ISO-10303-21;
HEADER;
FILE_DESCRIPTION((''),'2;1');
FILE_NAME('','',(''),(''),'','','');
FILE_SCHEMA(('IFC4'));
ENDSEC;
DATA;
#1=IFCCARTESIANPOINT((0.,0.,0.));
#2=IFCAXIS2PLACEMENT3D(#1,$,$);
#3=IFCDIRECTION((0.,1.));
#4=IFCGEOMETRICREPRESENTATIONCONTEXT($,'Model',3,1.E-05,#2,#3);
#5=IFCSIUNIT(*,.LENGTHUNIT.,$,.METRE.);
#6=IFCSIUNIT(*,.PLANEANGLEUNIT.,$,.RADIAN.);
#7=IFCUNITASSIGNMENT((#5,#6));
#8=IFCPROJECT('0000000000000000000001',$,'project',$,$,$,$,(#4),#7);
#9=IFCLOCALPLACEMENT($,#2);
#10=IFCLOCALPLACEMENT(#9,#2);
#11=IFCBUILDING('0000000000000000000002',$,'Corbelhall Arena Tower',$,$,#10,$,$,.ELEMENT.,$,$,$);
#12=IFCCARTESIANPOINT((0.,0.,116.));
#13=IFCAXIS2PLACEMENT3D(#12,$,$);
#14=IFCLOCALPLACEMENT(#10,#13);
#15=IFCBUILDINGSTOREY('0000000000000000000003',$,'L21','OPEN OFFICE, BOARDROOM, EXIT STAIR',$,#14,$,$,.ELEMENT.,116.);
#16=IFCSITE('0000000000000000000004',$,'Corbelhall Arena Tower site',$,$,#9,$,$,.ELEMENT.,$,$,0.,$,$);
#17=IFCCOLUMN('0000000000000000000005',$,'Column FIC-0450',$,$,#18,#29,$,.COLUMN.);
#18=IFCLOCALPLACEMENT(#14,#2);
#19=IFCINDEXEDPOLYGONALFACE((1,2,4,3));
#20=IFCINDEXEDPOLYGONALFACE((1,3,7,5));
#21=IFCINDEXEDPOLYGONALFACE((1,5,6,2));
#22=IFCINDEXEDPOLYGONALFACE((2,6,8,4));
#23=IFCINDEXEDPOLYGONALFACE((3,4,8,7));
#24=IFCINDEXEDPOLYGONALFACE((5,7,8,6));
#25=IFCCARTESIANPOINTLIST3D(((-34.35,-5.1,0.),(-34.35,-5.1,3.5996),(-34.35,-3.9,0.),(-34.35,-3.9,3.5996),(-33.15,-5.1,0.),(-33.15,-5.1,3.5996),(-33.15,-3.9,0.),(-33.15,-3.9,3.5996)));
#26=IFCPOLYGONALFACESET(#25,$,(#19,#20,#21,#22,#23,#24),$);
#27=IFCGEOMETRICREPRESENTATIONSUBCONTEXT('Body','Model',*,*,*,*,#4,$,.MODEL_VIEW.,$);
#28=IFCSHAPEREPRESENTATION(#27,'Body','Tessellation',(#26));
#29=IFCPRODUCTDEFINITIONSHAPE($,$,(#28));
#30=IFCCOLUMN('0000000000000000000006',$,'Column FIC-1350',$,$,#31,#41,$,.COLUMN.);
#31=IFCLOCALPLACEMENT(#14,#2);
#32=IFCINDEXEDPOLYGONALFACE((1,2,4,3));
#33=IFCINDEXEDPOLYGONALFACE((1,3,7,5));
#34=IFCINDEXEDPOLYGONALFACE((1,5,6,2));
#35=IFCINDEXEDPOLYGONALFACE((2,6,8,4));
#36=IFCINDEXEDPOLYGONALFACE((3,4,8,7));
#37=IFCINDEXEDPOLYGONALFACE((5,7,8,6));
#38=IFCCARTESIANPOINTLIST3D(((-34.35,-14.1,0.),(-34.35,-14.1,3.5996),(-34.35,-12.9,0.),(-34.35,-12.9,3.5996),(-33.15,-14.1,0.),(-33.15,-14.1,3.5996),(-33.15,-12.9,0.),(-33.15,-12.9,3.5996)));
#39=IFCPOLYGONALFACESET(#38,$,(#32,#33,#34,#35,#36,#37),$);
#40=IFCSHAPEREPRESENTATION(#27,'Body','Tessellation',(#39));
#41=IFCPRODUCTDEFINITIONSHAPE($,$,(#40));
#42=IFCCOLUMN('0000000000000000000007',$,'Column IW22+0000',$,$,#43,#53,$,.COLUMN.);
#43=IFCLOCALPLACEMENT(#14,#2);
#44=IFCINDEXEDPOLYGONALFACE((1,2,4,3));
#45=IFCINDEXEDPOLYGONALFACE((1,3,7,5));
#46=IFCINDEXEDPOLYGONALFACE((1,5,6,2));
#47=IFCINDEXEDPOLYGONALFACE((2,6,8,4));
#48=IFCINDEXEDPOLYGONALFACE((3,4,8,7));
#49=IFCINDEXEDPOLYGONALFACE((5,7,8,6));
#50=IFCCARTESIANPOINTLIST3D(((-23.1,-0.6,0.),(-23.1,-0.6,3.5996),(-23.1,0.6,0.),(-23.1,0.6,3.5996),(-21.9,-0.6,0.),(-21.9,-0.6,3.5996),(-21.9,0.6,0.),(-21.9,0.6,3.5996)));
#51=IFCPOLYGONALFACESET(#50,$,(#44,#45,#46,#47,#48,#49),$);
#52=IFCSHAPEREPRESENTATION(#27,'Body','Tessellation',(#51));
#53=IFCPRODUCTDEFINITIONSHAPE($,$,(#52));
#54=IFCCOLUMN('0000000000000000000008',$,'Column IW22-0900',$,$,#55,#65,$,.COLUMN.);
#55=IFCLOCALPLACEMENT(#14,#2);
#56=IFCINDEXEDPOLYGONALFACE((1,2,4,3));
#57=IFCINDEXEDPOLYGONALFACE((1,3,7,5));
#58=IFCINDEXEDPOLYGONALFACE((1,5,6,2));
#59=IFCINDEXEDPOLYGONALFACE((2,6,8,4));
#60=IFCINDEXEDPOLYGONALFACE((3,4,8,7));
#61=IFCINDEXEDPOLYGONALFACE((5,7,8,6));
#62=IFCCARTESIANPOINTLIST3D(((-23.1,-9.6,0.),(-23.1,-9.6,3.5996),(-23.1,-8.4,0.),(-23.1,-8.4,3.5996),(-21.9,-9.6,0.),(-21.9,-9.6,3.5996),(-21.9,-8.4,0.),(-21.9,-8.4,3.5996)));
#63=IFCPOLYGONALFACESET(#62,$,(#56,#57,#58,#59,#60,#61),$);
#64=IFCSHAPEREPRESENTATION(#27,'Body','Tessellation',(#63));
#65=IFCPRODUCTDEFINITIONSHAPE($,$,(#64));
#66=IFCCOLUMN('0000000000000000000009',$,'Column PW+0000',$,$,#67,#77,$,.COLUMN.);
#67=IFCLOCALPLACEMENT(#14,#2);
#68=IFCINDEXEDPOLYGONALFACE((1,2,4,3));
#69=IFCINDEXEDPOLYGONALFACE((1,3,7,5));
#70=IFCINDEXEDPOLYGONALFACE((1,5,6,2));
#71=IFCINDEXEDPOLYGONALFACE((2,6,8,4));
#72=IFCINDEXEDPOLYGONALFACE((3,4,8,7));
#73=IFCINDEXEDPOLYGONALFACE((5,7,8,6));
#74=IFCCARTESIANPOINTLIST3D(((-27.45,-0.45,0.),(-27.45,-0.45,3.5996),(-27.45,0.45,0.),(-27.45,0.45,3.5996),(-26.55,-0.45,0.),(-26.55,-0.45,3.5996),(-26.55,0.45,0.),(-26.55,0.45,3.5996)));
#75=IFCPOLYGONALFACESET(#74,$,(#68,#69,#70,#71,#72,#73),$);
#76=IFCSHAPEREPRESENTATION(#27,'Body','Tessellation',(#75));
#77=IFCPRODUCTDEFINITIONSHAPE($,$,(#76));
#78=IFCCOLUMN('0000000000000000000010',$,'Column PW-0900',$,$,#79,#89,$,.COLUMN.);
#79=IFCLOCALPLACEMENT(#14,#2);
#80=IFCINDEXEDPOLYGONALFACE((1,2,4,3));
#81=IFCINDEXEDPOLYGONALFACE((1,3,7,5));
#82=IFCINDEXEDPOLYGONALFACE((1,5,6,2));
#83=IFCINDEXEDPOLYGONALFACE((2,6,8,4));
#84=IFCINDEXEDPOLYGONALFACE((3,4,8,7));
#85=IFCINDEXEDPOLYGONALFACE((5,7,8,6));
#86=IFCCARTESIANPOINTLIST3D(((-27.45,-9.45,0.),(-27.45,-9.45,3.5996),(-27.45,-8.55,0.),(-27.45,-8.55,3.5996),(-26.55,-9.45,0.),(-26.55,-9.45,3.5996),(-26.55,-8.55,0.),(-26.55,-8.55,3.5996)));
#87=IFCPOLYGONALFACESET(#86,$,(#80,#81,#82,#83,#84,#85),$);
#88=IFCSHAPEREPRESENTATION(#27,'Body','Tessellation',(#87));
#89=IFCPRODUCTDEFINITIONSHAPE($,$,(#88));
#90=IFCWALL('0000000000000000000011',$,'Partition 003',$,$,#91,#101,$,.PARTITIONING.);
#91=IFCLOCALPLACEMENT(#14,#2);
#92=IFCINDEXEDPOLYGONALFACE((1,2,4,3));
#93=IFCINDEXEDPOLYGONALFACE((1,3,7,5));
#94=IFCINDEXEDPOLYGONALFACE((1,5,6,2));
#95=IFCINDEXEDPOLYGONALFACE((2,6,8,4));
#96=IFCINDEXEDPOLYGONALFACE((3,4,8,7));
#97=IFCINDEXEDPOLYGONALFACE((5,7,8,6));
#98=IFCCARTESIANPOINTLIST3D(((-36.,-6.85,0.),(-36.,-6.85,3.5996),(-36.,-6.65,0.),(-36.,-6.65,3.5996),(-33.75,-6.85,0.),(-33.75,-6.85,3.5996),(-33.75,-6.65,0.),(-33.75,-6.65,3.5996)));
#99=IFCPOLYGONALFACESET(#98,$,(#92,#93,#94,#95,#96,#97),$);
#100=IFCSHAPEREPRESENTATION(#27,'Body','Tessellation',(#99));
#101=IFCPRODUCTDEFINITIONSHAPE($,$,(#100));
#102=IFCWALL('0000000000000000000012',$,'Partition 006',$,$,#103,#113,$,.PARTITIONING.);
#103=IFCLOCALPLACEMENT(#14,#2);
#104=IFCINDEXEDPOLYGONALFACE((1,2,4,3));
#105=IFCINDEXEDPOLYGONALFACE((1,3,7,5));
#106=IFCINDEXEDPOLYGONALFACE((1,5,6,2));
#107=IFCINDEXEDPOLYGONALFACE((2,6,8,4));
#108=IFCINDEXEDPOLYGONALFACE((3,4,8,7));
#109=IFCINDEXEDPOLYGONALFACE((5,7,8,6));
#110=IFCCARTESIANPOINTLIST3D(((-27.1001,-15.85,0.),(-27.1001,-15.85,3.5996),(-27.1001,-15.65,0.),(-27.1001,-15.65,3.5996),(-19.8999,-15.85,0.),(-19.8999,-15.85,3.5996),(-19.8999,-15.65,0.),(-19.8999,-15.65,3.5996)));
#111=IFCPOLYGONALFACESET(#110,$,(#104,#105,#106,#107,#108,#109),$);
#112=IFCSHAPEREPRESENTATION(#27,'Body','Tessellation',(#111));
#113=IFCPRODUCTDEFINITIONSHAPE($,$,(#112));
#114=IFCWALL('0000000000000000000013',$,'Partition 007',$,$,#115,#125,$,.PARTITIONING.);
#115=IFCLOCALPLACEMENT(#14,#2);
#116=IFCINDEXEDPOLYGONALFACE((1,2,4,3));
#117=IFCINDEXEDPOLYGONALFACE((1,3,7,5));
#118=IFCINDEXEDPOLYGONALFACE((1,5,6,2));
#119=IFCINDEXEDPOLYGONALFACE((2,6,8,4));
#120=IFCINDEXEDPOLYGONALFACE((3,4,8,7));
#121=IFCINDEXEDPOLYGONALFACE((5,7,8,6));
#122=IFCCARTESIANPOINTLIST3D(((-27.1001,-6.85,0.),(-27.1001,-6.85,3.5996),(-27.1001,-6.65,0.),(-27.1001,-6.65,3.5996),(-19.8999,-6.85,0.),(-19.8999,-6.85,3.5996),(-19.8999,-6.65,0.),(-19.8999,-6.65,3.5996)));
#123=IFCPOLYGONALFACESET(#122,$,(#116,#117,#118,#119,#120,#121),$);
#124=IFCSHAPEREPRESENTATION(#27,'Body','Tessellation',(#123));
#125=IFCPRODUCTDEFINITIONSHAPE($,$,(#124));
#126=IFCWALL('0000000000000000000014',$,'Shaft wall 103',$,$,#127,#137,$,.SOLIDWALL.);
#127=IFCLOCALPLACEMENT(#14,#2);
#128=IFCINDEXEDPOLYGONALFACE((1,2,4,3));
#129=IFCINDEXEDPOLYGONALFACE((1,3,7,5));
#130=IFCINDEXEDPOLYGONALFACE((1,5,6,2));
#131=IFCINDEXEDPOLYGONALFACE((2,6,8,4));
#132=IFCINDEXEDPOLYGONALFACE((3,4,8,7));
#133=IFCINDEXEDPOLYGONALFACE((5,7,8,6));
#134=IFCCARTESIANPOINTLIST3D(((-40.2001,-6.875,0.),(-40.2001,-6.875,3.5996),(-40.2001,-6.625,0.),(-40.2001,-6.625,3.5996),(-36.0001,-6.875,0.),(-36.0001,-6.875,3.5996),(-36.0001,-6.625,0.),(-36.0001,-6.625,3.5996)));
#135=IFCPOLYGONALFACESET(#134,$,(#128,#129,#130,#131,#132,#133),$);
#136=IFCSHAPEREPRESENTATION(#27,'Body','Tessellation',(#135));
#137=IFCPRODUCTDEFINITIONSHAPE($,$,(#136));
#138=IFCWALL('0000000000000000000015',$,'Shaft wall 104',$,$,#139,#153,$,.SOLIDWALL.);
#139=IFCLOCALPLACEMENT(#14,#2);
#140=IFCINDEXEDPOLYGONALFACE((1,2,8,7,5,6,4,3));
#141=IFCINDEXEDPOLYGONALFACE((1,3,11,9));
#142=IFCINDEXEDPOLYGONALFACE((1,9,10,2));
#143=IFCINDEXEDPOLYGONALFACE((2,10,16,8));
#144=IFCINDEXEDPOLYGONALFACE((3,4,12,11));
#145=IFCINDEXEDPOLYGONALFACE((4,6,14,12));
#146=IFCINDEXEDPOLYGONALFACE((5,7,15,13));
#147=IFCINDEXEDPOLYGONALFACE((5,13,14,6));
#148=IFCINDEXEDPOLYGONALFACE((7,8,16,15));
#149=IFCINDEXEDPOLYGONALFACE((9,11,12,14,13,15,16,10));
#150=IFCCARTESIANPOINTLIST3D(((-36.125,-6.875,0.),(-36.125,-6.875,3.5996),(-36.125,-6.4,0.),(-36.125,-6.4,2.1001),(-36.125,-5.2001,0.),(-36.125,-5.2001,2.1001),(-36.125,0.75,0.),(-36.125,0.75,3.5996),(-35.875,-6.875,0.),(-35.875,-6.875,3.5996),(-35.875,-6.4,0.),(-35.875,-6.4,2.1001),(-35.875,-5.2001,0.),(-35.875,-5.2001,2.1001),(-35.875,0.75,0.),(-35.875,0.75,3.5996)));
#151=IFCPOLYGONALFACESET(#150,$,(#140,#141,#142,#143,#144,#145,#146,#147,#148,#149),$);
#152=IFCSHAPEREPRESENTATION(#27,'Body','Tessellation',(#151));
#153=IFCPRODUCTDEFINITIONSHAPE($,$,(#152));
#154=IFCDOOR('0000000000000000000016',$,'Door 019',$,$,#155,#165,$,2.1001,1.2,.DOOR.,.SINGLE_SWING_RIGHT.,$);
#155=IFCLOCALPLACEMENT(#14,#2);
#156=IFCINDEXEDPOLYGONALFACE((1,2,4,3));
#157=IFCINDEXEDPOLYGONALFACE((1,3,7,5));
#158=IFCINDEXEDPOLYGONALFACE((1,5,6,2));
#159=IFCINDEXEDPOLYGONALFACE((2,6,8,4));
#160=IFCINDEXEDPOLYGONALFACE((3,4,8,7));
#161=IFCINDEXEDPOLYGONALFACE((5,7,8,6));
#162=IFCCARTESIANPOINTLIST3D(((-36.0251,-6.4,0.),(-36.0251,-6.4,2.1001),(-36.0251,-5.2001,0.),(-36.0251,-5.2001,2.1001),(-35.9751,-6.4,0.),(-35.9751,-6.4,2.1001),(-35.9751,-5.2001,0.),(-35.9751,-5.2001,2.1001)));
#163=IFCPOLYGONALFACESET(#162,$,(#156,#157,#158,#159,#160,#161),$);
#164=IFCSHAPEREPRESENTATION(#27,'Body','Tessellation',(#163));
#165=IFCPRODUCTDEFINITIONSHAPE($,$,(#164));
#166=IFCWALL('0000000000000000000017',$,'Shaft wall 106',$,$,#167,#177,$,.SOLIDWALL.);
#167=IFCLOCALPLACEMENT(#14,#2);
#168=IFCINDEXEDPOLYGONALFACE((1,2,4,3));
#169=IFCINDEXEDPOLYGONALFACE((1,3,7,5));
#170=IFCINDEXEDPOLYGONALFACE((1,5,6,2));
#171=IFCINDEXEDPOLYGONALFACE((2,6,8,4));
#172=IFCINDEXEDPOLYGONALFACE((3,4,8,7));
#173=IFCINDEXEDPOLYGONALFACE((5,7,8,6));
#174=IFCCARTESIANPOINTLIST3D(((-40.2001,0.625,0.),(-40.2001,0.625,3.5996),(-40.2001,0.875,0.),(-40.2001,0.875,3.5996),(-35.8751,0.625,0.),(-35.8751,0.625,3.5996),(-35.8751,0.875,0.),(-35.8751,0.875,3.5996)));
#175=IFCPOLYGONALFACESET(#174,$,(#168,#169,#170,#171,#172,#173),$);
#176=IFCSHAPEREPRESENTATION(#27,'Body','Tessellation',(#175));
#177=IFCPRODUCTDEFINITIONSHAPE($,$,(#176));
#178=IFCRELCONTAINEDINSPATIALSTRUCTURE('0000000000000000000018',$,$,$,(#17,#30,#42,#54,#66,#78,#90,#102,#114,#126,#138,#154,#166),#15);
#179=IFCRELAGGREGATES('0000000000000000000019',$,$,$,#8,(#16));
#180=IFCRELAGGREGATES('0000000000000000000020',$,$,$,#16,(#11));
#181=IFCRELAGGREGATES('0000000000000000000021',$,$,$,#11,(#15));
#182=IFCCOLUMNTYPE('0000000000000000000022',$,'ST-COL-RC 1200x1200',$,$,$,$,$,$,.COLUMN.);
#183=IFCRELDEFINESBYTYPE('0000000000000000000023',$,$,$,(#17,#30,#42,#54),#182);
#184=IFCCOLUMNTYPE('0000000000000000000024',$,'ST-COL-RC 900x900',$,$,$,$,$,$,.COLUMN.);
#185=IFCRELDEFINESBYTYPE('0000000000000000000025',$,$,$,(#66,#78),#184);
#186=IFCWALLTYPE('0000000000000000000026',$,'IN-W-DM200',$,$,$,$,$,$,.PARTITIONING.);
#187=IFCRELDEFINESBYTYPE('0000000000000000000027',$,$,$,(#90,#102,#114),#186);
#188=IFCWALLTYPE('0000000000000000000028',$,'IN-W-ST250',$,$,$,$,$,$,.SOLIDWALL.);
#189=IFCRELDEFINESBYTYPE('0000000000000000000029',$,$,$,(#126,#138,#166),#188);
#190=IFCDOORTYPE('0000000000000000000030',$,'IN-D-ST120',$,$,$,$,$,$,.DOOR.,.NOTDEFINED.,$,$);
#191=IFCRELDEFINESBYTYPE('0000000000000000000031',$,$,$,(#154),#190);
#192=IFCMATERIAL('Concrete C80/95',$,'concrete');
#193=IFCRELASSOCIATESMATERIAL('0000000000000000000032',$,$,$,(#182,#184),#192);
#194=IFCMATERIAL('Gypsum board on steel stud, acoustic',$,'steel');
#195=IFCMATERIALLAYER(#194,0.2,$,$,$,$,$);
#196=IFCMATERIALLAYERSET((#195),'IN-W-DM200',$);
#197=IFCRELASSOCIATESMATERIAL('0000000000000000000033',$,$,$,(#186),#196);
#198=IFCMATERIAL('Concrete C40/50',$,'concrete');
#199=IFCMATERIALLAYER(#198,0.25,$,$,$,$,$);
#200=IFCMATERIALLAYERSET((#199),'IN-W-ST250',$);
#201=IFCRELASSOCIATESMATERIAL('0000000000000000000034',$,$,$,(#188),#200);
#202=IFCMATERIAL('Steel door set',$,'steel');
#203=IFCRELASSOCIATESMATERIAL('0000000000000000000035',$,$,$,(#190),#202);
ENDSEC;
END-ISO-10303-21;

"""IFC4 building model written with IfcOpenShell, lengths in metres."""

from ifc_helpers import new_model, si_unit, direction, frame, frame_2d, origin, origin_2d, place, context, subcontext, project, spatial, rectangle, extrude, material, layer, layer_set, material_profile, profile_set, type_object, element, fill, save


model = new_model("IFC4")

# Units and contexts
model_context = context("Model", 3, precision=1e-05, world=origin(), true_north=direction((0.0, 1.0)))
body_context = subcontext(model_context, "Body", "Model", "MODEL_VIEW")
ifc_project = project(units=[si_unit("LENGTHUNIT", "METRE"), si_unit("PLANEANGLEUNIT", "RADIAN")], contexts=[model_context])

# Site, building, storey
site_placement = place(None, origin())
site = spatial("IfcSite", under=ifc_project, at=site_placement, Name="Corbelhall Arena Tower site", CompositionType="ELEMENT", RefElevation=0.0)
building_placement = place(site_placement, origin())
building = spatial("IfcBuilding", under=site, at=building_placement, Name="Corbelhall Arena Tower", CompositionType="ELEMENT")
storey_placement = place(building_placement, frame((0.0, 0.0, 116.0)))
storey = spatial("IfcBuildingStorey", under=building, at=storey_placement, Name="L21", Description="OPEN OFFICE, BOARDROOM, EXIT STAIR", CompositionType="ELEMENT", Elevation=116.0)

# Columns
ifc_material_1 = material(Name="Concrete C80/95", Category="concrete")
ifc_material_profile_1 = material_profile(ifc_material_1, rectangle(XDim=1.2, YDim=1.2, at=origin_2d()))
ifc_profile_set_1 = profile_set([ifc_material_profile_1], Name="Concrete C80/95")
column_type_1 = type_object("IfcColumnType", Name="ST-COL-RC 1200x1200", PredefinedType="COLUMN", material=ifc_profile_set_1)
for number, where, z_axis, x_axis, name in (
    (1, (-33.75, -4.5, 0.0), (0.0, 0.0, 1.0), (1.0, 0.0, 0.0), "Column FIC-0450"),
    (2, (-33.75, -13.5, 0.0), (0.0, 0.0, 1.0), (1.0, 0.0, 0.0), "Column FIC-1350"),
    (3, (-22.5, 0.0, 0.0), (0.0, 0.0, 1.0), (1.0, 0.0, 0.0), "Column IW22+0000"),
    (4, (-22.5, -9.0, 0.0), (0.0, 0.0, 1.0), (1.0, 0.0, 0.0), "Column IW22-0900"),
):
    element("IfcColumn", number, at=place(storey_placement, frame(where, z_axis=z_axis, x_axis=x_axis)), inside=storey, type_object=column_type_1, Name=name, PredefinedType="COLUMN", context=body_context, shape_type="SweptSolid", body=[
        extrude(rectangle(XDim=1.2, YDim=1.2, at=origin_2d()), origin(), (0.0, 0.0, 1.0), 3.5996),
    ])
ifc_material_profile_2 = material_profile(ifc_material_1, rectangle(XDim=0.8999, YDim=0.8999, at=origin_2d()))
ifc_profile_set_2 = profile_set([ifc_material_profile_2], Name="Concrete C80/95")
column_type_2 = type_object("IfcColumnType", Name="ST-COL-RC 900x900", PredefinedType="COLUMN", material=ifc_profile_set_2)
for number, where, z_axis, x_axis, name in (
    (5, (-27.0, 0.0, 0.0), (0.0, 0.0, 1.0), (1.0, 0.0, 0.0), "Column PW+0000"),
    (6, (-27.0, -9.0, 0.0), (0.0, 0.0, 1.0), (1.0, 0.0, 0.0), "Column PW-0900"),
):
    element("IfcColumn", number, at=place(storey_placement, frame(where, z_axis=z_axis, x_axis=x_axis)), inside=storey, type_object=column_type_2, Name=name, PredefinedType="COLUMN", context=body_context, shape_type="SweptSolid", body=[
        extrude(rectangle(XDim=0.8999, YDim=0.8999, at=origin_2d()), origin(), (0.0, 0.0, 1.0), 3.5996),
    ])

# Walls
ifc_material_2 = material(Name="Gypsum board on steel stud, acoustic", Category="steel")
ifc_layer_1 = layer(ifc_material_2, 0.2)
ifc_layer_set_1 = layer_set([ifc_layer_1], Name="IN-W-DM200")
wall_type_1 = type_object("IfcWallType", Name="IN-W-DM200", PredefinedType="PARTITIONING", material=ifc_layer_set_1)
wall_1_placement = place(storey_placement, frame((-33.75, -6.75, 0.0), z_axis=(0.0, 0.0, 1.0), x_axis=(-1.0, 0.0, 0.0)))
element("IfcWall", 7, at=wall_1_placement, inside=storey, type_object=wall_type_1, Name="Partition 003", PredefinedType="PARTITIONING", context=body_context, shape_type="SweptSolid", body=[
    extrude(rectangle(XDim=2.25, YDim=0.2, at=frame_2d((1.125, 0.0))), origin(), (0.0, 0.0, 1.0), 3.5996),
])
for number, where, z_axis, x_axis, name in (
    (8, (-27.1001, -15.75, 0.0), (0.0, 0.0, 1.0), (1.0, 0.0, 0.0), "Partition 006"),
    (9, (-27.1001, -6.75, 0.0), (0.0, 0.0, 1.0), (1.0, 0.0, 0.0), "Partition 007"),
):
    element("IfcWall", number, at=place(storey_placement, frame(where, z_axis=z_axis, x_axis=x_axis)), inside=storey, type_object=wall_type_1, Name=name, PredefinedType="PARTITIONING", context=body_context, shape_type="SweptSolid", body=[
        extrude(rectangle(XDim=7.2002, YDim=0.2, at=frame_2d((3.6001, 0.0))), origin(), (0.0, 0.0, 1.0), 3.5996),
    ])

# Shared definitions
ifc_material_3 = material(Name="Steel door set", Category="steel")

# Wall
ifc_material_4 = material(Name="Concrete C40/50", Category="concrete")
ifc_layer_2 = layer(ifc_material_4, 0.25)
ifc_layer_set_2 = layer_set([ifc_layer_2], Name="IN-W-ST250")
wall_type_2 = type_object("IfcWallType", Name="IN-W-ST250", PredefinedType="SOLIDWALL", material=ifc_layer_set_2)
wall_2_placement = place(storey_placement, frame((-36.0, -6.75, 0.0), z_axis=(0.0, 0.0, 1.0), x_axis=(-1.0, 0.0, 0.0)))
element("IfcWall", 10, at=wall_2_placement, inside=storey, type_object=wall_type_2, Name="Shaft wall 103", PredefinedType="SOLIDWALL", context=body_context, shape_type="SweptSolid", body=[
    extrude(rectangle(XDim=4.2, YDim=0.25, at=frame_2d((2.1001, 0.0))), origin(), (0.0, 0.0, 1.0), 3.5996),
])

# Wall, opening, door
wall_3_placement = place(storey_placement, frame((-36.0, 0.75, 0.0), z_axis=(0.0, 0.0, 1.0), x_axis=(0.0, -1.0, 0.0)))
wall_3 = element("IfcWall", 11, at=wall_3_placement, inside=storey, type_object=wall_type_2, Name="Shaft wall 104", PredefinedType="SOLIDWALL", context=body_context, shape_type="SweptSolid", body=[
    extrude(rectangle(XDim=7.625, YDim=0.25, at=frame_2d((3.8125, 0.0))), origin(), (0.0, 0.0, 1.0), 3.5996),
])
opening_1_placement = place(wall_3_placement, frame((5.95, 0.0, 0.0)))
opening_1 = element("IfcOpeningElement", 12, at=opening_1_placement, cuts=wall_3, PredefinedType="OPENING", context=body_context, shape_type="SweptSolid", body=[
    extrude(rectangle(XDim=1.2, YDim=2.1001, at=frame_2d((0.6001, 1.05))), frame((0.0, 0.125, 0.0), z_axis=(0.0, -1.0, 0.0), x_axis=(1.0, 0.0, 0.0)), (0.0, 0.0, 1.0), 0.25),
])
door_type_1 = type_object("IfcDoorType", Name="IN-D-ST120", OperationType="NOTDEFINED", PredefinedType="DOOR", material=ifc_material_3)
door_1_placement = place(opening_1_placement, origin())
door_1 = element("IfcDoor", 13, at=door_1_placement, inside=storey, type_object=door_type_1, Name="Door 019", OperationType="SINGLE_SWING_RIGHT", OverallHeight=2.1001, OverallWidth=1.2, PredefinedType="DOOR", context=body_context, shape_type="SweptSolid", body=[
    extrude(rectangle(XDim=1.2, YDim=2.1001, at=frame_2d((0.6001, 1.05))), frame((0.0, 0.0249, 0.0), z_axis=(0.0, -1.0, 0.0), x_axis=(1.0, 0.0, 0.0)), (0.0, 0.0, 1.0), 0.05),
])
fill(opening_1, door_1)

# Wall
wall_4_placement = place(storey_placement, frame((-35.875, 0.75, 0.0), z_axis=(0.0, 0.0, 1.0), x_axis=(-1.0, 0.0, 0.0)))
element("IfcWall", 14, at=wall_4_placement, inside=storey, type_object=wall_type_2, Name="Shaft wall 106", PredefinedType="SOLIDWALL", context=body_context, shape_type="SweptSolid", body=[
    extrude(rectangle(XDim=4.325, YDim=0.25, at=frame_2d((2.1626, 0.0))), origin(), (0.0, 0.0, 1.0), 3.5996),
])

save(model, "model.ifc")
